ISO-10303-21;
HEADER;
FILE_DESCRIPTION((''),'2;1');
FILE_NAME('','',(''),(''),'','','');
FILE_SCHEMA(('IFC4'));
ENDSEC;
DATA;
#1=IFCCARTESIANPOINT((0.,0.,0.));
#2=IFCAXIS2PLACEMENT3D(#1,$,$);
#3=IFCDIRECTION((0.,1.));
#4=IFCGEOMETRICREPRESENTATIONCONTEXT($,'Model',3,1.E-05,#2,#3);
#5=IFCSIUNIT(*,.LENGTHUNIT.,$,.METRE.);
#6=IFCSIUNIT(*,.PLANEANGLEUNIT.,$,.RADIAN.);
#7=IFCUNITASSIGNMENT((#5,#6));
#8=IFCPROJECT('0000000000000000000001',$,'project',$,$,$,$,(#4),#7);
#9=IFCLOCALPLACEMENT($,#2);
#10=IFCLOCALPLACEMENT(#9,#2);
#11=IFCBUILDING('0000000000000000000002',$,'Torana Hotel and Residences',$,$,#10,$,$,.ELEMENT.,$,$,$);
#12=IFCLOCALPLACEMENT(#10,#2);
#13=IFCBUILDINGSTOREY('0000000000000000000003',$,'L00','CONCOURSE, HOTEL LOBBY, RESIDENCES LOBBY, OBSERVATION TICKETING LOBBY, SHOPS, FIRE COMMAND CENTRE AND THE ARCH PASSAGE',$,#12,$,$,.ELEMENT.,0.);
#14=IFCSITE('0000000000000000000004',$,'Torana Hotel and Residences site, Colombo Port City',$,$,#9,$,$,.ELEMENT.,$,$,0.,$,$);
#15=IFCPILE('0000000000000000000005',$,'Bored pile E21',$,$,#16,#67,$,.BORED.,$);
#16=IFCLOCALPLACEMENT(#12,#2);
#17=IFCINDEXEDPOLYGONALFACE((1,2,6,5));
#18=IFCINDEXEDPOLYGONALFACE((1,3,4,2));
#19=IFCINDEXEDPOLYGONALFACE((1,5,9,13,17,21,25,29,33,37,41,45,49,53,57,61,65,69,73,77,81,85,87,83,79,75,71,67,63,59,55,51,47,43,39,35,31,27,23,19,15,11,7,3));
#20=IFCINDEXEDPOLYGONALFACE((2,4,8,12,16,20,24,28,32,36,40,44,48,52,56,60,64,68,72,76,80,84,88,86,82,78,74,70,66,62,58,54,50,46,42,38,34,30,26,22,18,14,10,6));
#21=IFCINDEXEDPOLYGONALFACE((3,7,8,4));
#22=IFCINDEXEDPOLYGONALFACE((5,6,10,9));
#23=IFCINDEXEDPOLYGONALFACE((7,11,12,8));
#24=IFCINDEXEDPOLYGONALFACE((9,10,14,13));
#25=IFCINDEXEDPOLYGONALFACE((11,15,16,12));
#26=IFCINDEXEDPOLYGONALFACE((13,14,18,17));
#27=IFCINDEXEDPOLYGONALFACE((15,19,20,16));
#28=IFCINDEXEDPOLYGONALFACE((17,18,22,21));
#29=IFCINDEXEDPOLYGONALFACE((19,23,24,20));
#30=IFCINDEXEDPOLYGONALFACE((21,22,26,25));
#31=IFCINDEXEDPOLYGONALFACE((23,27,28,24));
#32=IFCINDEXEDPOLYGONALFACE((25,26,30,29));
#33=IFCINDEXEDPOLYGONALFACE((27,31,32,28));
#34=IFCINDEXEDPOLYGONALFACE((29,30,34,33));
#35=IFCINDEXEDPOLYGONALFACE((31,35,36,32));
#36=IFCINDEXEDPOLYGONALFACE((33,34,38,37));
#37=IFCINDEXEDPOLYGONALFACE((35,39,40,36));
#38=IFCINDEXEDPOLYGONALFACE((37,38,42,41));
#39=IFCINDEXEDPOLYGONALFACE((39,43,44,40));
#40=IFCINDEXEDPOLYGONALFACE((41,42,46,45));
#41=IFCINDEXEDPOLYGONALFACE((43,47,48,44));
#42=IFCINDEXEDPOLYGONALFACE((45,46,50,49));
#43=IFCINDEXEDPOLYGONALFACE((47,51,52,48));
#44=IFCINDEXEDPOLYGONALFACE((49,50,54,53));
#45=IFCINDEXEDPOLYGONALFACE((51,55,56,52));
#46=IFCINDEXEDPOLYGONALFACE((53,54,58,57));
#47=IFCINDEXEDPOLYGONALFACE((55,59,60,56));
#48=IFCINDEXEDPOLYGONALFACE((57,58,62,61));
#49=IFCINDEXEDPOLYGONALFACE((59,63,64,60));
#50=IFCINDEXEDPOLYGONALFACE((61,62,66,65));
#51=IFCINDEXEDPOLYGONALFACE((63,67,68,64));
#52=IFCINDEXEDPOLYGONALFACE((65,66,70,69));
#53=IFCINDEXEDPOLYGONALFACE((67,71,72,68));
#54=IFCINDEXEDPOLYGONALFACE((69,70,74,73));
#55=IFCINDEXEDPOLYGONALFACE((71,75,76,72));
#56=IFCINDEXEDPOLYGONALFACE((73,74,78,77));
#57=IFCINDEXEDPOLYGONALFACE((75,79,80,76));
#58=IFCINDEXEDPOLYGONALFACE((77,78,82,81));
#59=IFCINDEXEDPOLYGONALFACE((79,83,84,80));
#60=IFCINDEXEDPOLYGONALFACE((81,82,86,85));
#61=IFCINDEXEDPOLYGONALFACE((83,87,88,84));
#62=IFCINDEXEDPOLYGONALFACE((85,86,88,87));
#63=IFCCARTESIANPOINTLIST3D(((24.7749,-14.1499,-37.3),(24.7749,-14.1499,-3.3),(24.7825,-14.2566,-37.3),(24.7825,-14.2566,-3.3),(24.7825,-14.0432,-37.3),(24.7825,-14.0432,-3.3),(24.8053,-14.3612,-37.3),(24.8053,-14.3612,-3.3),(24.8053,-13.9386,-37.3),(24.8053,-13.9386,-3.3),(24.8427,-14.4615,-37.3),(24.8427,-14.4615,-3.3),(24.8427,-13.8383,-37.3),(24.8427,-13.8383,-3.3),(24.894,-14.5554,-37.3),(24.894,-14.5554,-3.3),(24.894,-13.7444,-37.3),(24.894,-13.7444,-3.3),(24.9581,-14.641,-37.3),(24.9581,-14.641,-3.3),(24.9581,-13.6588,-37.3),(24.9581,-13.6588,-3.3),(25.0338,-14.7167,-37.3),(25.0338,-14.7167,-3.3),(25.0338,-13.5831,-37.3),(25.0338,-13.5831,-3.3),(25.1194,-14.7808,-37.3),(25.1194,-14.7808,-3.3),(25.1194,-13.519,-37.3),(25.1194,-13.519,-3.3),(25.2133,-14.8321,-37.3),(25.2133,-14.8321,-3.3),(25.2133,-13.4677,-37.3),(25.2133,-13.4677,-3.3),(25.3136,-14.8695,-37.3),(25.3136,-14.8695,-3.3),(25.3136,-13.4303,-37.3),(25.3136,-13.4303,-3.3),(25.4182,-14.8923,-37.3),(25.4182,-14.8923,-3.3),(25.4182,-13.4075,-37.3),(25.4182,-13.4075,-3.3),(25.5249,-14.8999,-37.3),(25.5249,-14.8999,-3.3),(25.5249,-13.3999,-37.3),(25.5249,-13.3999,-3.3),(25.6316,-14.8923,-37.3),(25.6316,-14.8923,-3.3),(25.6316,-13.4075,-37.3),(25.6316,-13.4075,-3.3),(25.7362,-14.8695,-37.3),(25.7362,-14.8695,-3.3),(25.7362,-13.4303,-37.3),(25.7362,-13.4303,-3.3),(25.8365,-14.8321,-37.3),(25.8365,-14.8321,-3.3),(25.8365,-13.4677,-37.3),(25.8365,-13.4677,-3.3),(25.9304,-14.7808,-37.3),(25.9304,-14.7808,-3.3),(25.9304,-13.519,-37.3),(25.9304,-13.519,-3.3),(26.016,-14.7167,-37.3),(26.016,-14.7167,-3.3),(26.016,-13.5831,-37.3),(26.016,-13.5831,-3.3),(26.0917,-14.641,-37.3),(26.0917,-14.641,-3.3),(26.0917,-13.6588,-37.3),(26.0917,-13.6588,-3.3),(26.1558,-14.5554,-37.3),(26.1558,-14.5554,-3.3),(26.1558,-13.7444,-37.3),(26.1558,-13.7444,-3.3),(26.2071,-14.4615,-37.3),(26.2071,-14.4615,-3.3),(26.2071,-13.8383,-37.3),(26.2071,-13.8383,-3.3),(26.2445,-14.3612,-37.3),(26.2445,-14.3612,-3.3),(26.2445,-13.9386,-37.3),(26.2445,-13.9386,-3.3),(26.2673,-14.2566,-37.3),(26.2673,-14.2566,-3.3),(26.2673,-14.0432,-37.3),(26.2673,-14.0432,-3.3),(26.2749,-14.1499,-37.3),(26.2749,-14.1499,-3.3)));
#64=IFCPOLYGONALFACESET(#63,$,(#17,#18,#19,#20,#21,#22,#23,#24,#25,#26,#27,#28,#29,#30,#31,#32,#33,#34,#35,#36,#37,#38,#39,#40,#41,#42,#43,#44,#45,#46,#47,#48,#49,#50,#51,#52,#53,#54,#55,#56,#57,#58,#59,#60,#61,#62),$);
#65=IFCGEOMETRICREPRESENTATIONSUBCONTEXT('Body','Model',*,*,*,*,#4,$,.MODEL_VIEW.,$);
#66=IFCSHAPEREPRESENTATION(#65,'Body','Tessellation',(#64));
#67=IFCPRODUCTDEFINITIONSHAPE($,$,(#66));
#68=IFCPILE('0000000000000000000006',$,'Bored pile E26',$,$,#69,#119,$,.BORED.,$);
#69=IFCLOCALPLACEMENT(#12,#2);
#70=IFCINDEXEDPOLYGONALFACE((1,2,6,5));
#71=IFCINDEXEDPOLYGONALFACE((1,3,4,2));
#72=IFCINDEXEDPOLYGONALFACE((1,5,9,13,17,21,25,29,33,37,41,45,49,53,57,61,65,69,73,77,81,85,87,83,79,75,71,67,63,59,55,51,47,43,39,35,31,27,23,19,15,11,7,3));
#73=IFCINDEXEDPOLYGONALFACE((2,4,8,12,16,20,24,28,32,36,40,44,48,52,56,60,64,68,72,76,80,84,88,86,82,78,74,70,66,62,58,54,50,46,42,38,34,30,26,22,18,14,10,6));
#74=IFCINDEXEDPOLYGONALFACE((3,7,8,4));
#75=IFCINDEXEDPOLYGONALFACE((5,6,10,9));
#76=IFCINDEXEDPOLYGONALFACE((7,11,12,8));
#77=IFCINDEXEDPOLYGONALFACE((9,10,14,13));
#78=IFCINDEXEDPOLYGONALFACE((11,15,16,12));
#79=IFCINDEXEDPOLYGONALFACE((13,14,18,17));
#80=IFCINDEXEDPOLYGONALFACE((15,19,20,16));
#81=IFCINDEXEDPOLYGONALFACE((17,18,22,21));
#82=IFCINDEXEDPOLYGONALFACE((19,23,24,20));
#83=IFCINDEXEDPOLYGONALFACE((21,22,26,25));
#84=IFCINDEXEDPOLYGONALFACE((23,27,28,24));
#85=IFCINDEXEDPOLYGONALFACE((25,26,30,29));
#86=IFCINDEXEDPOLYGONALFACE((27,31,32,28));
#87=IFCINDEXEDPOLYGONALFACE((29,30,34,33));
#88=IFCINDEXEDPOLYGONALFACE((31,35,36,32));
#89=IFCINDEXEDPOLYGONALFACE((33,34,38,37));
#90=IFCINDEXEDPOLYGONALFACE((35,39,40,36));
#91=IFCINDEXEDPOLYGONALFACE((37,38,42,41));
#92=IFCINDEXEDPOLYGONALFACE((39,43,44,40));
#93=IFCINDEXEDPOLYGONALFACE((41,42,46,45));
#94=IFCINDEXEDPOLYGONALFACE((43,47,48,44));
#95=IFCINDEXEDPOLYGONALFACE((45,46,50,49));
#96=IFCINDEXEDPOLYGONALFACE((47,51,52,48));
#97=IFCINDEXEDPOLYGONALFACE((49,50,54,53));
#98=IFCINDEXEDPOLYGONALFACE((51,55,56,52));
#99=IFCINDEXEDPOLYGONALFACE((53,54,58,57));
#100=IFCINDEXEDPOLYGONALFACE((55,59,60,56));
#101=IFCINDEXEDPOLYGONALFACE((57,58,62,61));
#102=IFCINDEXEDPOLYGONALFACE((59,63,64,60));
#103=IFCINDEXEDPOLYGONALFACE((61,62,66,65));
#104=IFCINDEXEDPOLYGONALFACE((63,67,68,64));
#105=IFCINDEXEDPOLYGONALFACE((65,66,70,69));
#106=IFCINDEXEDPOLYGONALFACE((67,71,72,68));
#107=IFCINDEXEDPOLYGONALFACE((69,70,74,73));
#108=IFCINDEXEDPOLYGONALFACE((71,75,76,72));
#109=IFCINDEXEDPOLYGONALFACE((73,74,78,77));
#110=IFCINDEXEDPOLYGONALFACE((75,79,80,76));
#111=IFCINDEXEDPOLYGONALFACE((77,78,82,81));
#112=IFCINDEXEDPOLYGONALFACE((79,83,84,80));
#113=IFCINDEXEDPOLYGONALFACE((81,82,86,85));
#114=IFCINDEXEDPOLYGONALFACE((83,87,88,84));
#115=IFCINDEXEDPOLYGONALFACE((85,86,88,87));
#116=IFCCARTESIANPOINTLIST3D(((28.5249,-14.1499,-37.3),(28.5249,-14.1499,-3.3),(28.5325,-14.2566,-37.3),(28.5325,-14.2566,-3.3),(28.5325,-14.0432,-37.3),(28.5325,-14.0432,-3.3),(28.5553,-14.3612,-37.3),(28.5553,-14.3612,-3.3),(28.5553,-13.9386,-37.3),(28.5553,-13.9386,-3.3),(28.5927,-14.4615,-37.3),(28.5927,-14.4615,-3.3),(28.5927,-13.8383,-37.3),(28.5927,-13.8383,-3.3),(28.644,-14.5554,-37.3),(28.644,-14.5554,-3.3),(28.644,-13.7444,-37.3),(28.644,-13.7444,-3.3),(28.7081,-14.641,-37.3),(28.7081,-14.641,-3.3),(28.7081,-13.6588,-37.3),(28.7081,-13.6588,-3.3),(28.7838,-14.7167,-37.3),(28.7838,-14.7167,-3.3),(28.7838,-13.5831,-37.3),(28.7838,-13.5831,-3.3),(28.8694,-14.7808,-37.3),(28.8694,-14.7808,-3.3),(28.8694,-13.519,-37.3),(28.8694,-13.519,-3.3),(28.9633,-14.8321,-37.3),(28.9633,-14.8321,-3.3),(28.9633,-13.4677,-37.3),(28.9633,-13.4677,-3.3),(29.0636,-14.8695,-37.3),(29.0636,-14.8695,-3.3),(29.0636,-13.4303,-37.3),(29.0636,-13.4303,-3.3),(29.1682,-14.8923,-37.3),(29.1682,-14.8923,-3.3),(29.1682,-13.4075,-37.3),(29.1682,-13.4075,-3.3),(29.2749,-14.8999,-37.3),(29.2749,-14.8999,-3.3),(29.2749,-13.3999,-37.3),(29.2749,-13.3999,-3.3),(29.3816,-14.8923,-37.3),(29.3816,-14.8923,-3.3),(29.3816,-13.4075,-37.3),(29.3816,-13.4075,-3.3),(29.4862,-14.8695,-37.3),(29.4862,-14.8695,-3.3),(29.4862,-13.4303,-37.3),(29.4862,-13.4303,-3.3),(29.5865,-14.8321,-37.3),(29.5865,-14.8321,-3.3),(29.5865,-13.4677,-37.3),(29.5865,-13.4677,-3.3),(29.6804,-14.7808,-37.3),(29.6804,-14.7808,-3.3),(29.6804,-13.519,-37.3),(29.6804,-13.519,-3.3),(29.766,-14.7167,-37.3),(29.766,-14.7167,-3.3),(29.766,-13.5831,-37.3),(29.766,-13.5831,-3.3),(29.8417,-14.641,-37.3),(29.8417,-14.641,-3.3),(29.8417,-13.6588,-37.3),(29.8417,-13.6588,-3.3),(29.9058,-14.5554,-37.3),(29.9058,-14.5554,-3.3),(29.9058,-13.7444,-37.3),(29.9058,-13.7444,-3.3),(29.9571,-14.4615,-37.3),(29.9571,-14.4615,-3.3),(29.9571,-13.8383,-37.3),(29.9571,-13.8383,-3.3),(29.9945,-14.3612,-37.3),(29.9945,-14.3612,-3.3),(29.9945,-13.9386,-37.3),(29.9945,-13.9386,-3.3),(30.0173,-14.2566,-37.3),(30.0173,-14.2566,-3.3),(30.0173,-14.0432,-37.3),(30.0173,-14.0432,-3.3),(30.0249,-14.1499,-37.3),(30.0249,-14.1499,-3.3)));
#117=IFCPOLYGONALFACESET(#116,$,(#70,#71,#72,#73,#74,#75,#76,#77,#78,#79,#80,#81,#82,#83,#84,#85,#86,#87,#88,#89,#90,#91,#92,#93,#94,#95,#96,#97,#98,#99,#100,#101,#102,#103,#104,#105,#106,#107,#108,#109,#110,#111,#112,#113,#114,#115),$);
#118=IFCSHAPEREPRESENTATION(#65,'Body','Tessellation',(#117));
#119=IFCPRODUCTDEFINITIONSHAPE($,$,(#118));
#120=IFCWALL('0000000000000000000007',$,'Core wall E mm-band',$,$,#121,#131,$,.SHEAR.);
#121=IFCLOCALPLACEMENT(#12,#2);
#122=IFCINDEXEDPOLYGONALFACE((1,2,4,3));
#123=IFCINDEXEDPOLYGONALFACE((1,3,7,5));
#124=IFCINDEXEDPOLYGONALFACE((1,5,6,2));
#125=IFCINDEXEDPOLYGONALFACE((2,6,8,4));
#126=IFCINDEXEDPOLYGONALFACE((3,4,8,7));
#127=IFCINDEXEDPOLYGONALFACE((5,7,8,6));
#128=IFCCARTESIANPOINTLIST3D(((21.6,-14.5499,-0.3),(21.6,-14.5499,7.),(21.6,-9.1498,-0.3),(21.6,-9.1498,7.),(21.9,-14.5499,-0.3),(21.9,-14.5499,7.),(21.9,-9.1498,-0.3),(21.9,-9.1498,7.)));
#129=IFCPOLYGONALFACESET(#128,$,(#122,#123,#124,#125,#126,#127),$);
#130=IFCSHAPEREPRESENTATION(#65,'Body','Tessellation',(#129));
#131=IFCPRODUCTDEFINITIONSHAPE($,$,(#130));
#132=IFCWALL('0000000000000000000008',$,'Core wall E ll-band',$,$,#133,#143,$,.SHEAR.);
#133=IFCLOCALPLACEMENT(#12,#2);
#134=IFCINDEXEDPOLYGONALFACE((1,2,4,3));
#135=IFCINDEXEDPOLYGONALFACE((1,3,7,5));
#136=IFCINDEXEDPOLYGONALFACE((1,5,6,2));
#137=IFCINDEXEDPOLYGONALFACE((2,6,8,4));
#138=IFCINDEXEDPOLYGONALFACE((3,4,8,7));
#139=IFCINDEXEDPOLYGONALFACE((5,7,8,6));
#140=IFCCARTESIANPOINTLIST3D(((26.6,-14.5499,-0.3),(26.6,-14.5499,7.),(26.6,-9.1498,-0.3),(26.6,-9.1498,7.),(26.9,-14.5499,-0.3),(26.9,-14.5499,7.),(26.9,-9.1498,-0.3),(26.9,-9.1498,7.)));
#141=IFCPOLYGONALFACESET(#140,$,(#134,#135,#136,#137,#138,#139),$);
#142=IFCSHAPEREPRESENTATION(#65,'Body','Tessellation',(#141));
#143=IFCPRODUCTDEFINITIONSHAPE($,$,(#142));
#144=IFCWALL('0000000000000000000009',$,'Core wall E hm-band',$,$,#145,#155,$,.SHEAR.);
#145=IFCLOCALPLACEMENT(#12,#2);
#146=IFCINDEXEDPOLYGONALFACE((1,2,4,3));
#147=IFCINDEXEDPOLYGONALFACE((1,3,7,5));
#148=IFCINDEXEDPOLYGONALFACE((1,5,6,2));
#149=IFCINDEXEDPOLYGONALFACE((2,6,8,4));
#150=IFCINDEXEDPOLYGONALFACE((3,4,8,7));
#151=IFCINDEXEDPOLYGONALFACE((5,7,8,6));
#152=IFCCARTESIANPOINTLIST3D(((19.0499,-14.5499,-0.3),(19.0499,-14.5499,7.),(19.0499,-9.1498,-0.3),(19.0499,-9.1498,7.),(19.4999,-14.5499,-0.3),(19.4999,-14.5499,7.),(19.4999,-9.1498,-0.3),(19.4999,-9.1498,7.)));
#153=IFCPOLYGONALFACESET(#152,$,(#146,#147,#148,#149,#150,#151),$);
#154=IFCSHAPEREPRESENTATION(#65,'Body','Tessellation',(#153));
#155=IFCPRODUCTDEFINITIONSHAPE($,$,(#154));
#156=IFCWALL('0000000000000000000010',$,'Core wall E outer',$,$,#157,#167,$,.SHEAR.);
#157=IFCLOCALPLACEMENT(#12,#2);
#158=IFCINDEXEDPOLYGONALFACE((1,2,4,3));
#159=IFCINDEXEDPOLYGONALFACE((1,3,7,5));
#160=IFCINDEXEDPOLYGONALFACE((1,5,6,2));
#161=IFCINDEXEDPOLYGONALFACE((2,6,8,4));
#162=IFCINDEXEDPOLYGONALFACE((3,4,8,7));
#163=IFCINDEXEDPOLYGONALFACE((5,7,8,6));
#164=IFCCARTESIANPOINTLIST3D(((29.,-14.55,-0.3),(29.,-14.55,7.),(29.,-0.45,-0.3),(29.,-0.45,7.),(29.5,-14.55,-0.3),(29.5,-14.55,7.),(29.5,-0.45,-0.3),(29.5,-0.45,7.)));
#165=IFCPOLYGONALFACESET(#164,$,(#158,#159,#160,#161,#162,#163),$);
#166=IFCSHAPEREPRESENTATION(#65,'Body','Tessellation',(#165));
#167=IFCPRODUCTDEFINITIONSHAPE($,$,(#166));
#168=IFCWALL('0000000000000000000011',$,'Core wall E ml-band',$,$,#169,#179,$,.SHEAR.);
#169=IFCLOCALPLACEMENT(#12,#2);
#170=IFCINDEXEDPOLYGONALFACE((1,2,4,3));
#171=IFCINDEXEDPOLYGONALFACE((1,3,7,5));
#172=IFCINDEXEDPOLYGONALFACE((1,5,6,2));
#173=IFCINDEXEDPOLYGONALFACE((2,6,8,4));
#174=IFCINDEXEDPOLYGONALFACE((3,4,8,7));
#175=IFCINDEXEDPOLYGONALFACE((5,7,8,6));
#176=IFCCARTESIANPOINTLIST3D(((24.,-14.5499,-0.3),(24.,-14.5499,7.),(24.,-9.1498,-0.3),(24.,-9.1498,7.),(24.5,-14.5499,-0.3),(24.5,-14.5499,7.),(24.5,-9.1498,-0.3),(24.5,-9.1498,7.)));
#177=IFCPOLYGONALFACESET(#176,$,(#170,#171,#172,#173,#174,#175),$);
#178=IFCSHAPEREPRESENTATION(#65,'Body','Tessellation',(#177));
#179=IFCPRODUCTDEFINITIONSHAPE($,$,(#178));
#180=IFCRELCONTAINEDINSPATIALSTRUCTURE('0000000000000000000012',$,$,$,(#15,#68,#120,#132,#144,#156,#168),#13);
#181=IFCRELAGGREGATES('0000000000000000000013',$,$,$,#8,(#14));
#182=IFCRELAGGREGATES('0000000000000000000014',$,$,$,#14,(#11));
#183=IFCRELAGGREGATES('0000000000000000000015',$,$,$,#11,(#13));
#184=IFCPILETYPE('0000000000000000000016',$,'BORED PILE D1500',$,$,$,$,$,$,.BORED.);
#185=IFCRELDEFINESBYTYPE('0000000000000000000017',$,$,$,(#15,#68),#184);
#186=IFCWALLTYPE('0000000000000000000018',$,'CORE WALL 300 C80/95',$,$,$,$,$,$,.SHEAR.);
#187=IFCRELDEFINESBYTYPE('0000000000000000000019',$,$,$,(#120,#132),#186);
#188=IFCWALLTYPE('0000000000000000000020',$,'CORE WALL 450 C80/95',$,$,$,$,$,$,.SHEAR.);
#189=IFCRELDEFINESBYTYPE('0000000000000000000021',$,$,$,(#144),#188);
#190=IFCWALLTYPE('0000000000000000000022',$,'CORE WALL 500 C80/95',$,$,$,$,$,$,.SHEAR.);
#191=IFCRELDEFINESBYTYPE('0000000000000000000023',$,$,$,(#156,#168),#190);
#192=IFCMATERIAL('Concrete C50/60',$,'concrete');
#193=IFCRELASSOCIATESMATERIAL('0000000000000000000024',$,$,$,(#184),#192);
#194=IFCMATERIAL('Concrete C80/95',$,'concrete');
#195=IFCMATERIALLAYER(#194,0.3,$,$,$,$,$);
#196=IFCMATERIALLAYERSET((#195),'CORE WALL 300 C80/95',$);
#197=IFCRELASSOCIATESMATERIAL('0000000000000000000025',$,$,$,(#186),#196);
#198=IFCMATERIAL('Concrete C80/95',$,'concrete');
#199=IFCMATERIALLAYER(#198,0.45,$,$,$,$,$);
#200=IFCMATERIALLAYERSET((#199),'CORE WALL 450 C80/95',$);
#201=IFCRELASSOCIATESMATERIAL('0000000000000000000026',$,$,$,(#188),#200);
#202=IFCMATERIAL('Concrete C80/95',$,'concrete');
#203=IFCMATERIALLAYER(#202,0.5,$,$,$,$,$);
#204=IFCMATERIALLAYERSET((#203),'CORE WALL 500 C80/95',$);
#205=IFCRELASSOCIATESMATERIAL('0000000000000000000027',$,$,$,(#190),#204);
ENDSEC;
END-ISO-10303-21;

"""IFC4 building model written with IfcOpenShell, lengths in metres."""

from ifc_helpers import new_model, si_unit, direction, frame, frame_2d, origin, origin_2d, place, context, subcontext, project, spatial, rectangle, circle, extrude, material, layer, layer_set, type_object, element, save


model = new_model("IFC4")

# Units and contexts
model_context = context("Model", 3, precision=1e-05, world=origin(), true_north=direction((0.0, 1.0)))
body_context = subcontext(model_context, "Body", "Model", "MODEL_VIEW")
ifc_project = project(units=[si_unit("LENGTHUNIT", "METRE"), si_unit("PLANEANGLEUNIT", "RADIAN")], contexts=[model_context])

# Site, building, storey
site_placement = place(None, origin())
site = spatial("IfcSite", under=ifc_project, at=site_placement, Name="Torana Hotel and Residences site, Colombo Port City", CompositionType="ELEMENT", RefElevation=0.0)
building_placement = place(site_placement, origin())
building = spatial("IfcBuilding", under=site, at=building_placement, Name="Torana Hotel and Residences", CompositionType="ELEMENT")
storey_placement = place(building_placement, origin())
storey = spatial("IfcBuildingStorey", under=building, at=storey_placement, Name="L00", Description="CONCOURSE, HOTEL LOBBY, RESIDENCES LOBBY, OBSERVATION TICKETING LOBBY, SHOPS, FIRE COMMAND CENTRE AND THE ARCH PASSAGE", CompositionType="ELEMENT", Elevation=0.0)

# Piles
ifc_material_1 = material(Name="Concrete C50/60", Category="concrete")
pile_type_1 = type_object("IfcPileType", Name="BORED PILE D1500", PredefinedType="BORED", material=ifc_material_1)
for number, where, z_axis, x_axis, name in (
    (1, (25.5249, -14.1499, -3.3), (0.0, 0.0, -1.0), (1.0, 0.0, 0.0), "Bored pile E21"),
    (2, (29.2749, -14.1499, -3.3), (0.0, 0.0, -1.0), (1.0, 0.0, 0.0), "Bored pile E26"),
):
    element("IfcPile", number, at=place(storey_placement, frame(where, z_axis=z_axis, x_axis=x_axis)), inside=storey, type_object=pile_type_1, Name=name, PredefinedType="BORED", context=body_context, shape_type="SweptSolid", body=[
        extrude(circle(Radius=0.75, at=origin_2d()), origin(), (0.0, 0.0, 1.0), 34.0),
    ])

# Walls
ifc_material_2 = material(Name="Concrete C80/95", Category="concrete")
ifc_layer_1 = layer(ifc_material_2, 0.3)
ifc_layer_set_1 = layer_set([ifc_layer_1], Name="CORE WALL 300 C80/95")
wall_type_1 = type_object("IfcWallType", Name="CORE WALL 300 C80/95", PredefinedType="SHEAR", material=ifc_layer_set_1)
for number, where, z_axis, x_axis, name in (
    (3, (21.75, -14.55, -0.3), (0.0, 0.0, 1.0), (0.0, 1.0, 0.0), "Core wall E mm-band"),
    (4, (26.75, -14.55, -0.3), (0.0, 0.0, 1.0), (0.0, 1.0, 0.0), "Core wall E ll-band"),
):
    element("IfcWall", number, at=place(storey_placement, frame(where, z_axis=z_axis, x_axis=x_axis)), inside=storey, type_object=wall_type_1, Name=name, PredefinedType="SHEAR", context=body_context, shape_type="SweptSolid", body=[
        extrude(rectangle(XDim=5.4001, YDim=0.3, at=frame_2d((2.7002, 0.0))), origin(), (0.0, 0.0, 1.0), 7.3),
    ])
ifc_material_3 = material(Name="Concrete C80/95", Category="concrete")
ifc_layer_2 = layer(ifc_material_3, 0.45)
ifc_layer_set_2 = layer_set([ifc_layer_2], Name="CORE WALL 450 C80/95")
wall_type_2 = type_object("IfcWallType", Name="CORE WALL 450 C80/95", PredefinedType="SHEAR", material=ifc_layer_set_2)
wall_1_placement = place(storey_placement, frame((19.2749, -14.55, -0.3), z_axis=(0.0, 0.0, 1.0), x_axis=(0.0, 1.0, 0.0)))
element("IfcWall", 5, at=wall_1_placement, inside=storey, type_object=wall_type_2, Name="Core wall E hm-band", PredefinedType="SHEAR", context=body_context, shape_type="SweptSolid", body=[
    extrude(rectangle(XDim=5.4001, YDim=0.45, at=frame_2d((2.7002, 0.0))), origin(), (0.0, 0.0, 1.0), 7.3),
])
ifc_material_4 = material(Name="Concrete C80/95", Category="concrete")
ifc_layer_3 = layer(ifc_material_4, 0.5)
ifc_layer_set_3 = layer_set([ifc_layer_3], Name="CORE WALL 500 C80/95")
wall_type_3 = type_object("IfcWallType", Name="CORE WALL 500 C80/95", PredefinedType="SHEAR", material=ifc_layer_set_3)
wall_2_placement = place(storey_placement, frame((29.25, -14.55, -0.3), z_axis=(0.0, 0.0, 1.0), x_axis=(0.0, 1.0, 0.0)))
element("IfcWall", 6, at=wall_2_placement, inside=storey, type_object=wall_type_3, Name="Core wall E outer", PredefinedType="SHEAR", context=body_context, shape_type="SweptSolid", body=[
    extrude(rectangle(XDim=14.1001, YDim=0.5, at=frame_2d((7.05, 0.0))), origin(), (0.0, 0.0, 1.0), 7.3),
])
wall_3_placement = place(storey_placement, frame((24.25, -14.55, -0.3), z_axis=(0.0, 0.0, 1.0), x_axis=(0.0, 1.0, 0.0)))
element("IfcWall", 7, at=wall_3_placement, inside=storey, type_object=wall_type_3, Name="Core wall E ml-band", PredefinedType="SHEAR", context=body_context, shape_type="SweptSolid", body=[
    extrude(rectangle(XDim=5.4001, YDim=0.5, at=frame_2d((2.7002, 0.0))), origin(), (0.0, 0.0, 1.0), 7.3),
])

save(model, "model.ifc")
